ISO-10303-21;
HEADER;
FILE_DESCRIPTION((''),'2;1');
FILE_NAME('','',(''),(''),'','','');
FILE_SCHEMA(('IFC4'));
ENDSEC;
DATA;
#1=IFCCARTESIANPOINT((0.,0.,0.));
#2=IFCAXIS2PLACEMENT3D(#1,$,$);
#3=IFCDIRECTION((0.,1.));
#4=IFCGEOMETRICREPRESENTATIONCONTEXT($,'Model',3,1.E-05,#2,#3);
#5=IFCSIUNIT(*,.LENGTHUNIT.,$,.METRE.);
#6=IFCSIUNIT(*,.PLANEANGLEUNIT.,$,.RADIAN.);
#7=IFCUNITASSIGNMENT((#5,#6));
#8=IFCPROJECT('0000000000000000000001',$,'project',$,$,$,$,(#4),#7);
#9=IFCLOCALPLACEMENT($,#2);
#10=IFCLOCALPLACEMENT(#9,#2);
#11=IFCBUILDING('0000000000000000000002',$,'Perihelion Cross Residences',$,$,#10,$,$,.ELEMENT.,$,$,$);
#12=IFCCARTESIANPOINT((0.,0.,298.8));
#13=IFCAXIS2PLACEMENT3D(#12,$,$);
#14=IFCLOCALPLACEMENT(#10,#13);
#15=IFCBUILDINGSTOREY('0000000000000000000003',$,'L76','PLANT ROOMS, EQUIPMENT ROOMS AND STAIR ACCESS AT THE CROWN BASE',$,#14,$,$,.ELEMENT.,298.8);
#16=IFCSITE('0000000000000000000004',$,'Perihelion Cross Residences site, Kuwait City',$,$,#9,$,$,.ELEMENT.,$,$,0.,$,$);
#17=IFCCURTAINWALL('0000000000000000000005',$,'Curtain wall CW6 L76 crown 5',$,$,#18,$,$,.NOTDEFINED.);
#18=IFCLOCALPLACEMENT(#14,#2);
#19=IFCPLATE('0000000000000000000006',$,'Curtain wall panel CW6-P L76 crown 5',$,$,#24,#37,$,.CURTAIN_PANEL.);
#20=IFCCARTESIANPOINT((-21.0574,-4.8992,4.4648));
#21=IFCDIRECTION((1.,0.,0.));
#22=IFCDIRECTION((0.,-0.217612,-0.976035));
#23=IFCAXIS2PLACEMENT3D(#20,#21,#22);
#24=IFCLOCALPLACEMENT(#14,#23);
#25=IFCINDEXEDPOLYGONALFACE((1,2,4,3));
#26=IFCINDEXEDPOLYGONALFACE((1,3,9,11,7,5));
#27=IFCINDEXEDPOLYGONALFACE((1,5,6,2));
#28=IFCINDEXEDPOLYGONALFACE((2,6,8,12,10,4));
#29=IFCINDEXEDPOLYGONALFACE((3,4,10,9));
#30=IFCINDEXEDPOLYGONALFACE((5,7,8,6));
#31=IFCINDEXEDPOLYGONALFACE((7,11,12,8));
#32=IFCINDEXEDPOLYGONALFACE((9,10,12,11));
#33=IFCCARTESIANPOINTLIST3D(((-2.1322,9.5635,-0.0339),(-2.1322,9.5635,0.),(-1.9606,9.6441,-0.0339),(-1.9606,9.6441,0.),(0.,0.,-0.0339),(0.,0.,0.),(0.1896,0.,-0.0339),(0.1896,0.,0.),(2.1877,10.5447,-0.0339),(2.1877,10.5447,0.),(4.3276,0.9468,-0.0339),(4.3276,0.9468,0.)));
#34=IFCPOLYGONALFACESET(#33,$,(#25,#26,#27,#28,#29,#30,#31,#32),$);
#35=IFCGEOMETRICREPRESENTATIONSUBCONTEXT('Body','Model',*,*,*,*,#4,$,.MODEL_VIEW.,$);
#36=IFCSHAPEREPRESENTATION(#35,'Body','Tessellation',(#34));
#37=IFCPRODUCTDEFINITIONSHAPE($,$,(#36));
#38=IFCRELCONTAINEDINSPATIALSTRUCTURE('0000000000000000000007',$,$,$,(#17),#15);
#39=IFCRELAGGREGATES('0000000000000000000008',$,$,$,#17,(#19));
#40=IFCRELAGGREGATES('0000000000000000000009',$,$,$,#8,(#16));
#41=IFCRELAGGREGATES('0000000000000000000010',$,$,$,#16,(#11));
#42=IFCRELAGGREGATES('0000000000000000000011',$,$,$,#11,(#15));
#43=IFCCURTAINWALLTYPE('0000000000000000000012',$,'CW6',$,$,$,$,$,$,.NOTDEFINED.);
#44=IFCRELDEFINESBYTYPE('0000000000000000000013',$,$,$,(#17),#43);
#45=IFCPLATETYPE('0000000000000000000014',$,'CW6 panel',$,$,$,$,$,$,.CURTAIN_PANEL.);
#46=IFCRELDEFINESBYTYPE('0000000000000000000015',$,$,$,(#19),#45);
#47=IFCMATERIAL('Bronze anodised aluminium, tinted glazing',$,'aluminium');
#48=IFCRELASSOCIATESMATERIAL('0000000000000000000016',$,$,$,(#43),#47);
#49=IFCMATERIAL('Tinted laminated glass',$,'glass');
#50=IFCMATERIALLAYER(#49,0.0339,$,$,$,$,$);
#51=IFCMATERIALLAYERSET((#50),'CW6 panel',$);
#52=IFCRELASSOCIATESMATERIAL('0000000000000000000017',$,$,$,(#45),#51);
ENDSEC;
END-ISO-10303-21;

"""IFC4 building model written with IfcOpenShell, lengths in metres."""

from ifc_helpers import new_model, si_unit, direction, frame, origin, place, context, subcontext, project, spatial, polyline, outline, extrude, material, layer, layer_set, type_object, element, aggregate, save


model = new_model("IFC4")

# Units and contexts
model_context = context("Model", 3, precision=1e-05, world=origin(), true_north=direction((0.0, 1.0)))
body_context = subcontext(model_context, "Body", "Model", "MODEL_VIEW")
ifc_project = project(units=[si_unit("LENGTHUNIT", "METRE"), si_unit("PLANEANGLEUNIT", "RADIAN")], contexts=[model_context])

# Site, building, storey
site_placement = place(None, origin())
site = spatial("IfcSite", under=ifc_project, at=site_placement, Name="Perihelion Cross Residences site, Kuwait City", CompositionType="ELEMENT", RefElevation=0.0)
building_placement = place(site_placement, origin())
building = spatial("IfcBuilding", under=site, at=building_placement, Name="Perihelion Cross Residences", CompositionType="ELEMENT")
storey_placement = place(building_placement, frame((0.0, 0.0, 298.8)))
storey = spatial("IfcBuildingStorey", under=building, at=storey_placement, Name="L76", Description="PLANT ROOMS, EQUIPMENT ROOMS AND STAIR ACCESS AT THE CROWN BASE", CompositionType="ELEMENT", Elevation=298.8)

# Shared definitions
ifc_material_1 = material(Name="Bronze anodised aluminium, tinted glazing", Category="aluminium")
curtain_wall_type = type_object("IfcCurtainWallType", Name="CW6", PredefinedType="NOTDEFINED", material=ifc_material_1)

# Curtain wall, plate
curtain_wall_1_placement = place(storey_placement, origin())
curtain_wall_1 = element("IfcCurtainWall", 1, at=curtain_wall_1_placement, inside=storey, type_object=curtain_wall_type, Name="Curtain wall CW6 L76 crown 5", PredefinedType="NOTDEFINED")
ifc_material_2 = material(Name="Tinted laminated glass", Category="glass")
ifc_layer_1 = layer(ifc_material_2, 0.0339)
ifc_layer_set_1 = layer_set([ifc_layer_1], Name="CW6 panel")
plate_type = type_object("IfcPlateType", Name="CW6 panel", PredefinedType="CURTAIN_PANEL", material=ifc_layer_set_1)
plate_placement = place(storey_placement, frame((-21.0574, -4.8992, 4.4648), z_axis=(1.0, 0.0, 0.0), x_axis=(0.0, -0.217612, -0.976035)))
plate = element("IfcPlate", 2, at=plate_placement, type_object=plate_type, Name="Curtain wall panel CW6-P L76 crown 5", PredefinedType="CURTAIN_PANEL", context=body_context, shape_type="SweptSolid", body=[
    extrude(outline(polyline([(0.0, 0.0), (0.1896, 0.0), (4.3276, 0.9468), (2.1877, 10.5447), (-1.9606, 9.6441), (-2.1322, 9.5635), (0.0, 0.0)])), origin(), (0.0, 0.0, -1.0), 0.0339),
])
aggregate(curtain_wall_1, [plate])

save(model, "model.ifc")
